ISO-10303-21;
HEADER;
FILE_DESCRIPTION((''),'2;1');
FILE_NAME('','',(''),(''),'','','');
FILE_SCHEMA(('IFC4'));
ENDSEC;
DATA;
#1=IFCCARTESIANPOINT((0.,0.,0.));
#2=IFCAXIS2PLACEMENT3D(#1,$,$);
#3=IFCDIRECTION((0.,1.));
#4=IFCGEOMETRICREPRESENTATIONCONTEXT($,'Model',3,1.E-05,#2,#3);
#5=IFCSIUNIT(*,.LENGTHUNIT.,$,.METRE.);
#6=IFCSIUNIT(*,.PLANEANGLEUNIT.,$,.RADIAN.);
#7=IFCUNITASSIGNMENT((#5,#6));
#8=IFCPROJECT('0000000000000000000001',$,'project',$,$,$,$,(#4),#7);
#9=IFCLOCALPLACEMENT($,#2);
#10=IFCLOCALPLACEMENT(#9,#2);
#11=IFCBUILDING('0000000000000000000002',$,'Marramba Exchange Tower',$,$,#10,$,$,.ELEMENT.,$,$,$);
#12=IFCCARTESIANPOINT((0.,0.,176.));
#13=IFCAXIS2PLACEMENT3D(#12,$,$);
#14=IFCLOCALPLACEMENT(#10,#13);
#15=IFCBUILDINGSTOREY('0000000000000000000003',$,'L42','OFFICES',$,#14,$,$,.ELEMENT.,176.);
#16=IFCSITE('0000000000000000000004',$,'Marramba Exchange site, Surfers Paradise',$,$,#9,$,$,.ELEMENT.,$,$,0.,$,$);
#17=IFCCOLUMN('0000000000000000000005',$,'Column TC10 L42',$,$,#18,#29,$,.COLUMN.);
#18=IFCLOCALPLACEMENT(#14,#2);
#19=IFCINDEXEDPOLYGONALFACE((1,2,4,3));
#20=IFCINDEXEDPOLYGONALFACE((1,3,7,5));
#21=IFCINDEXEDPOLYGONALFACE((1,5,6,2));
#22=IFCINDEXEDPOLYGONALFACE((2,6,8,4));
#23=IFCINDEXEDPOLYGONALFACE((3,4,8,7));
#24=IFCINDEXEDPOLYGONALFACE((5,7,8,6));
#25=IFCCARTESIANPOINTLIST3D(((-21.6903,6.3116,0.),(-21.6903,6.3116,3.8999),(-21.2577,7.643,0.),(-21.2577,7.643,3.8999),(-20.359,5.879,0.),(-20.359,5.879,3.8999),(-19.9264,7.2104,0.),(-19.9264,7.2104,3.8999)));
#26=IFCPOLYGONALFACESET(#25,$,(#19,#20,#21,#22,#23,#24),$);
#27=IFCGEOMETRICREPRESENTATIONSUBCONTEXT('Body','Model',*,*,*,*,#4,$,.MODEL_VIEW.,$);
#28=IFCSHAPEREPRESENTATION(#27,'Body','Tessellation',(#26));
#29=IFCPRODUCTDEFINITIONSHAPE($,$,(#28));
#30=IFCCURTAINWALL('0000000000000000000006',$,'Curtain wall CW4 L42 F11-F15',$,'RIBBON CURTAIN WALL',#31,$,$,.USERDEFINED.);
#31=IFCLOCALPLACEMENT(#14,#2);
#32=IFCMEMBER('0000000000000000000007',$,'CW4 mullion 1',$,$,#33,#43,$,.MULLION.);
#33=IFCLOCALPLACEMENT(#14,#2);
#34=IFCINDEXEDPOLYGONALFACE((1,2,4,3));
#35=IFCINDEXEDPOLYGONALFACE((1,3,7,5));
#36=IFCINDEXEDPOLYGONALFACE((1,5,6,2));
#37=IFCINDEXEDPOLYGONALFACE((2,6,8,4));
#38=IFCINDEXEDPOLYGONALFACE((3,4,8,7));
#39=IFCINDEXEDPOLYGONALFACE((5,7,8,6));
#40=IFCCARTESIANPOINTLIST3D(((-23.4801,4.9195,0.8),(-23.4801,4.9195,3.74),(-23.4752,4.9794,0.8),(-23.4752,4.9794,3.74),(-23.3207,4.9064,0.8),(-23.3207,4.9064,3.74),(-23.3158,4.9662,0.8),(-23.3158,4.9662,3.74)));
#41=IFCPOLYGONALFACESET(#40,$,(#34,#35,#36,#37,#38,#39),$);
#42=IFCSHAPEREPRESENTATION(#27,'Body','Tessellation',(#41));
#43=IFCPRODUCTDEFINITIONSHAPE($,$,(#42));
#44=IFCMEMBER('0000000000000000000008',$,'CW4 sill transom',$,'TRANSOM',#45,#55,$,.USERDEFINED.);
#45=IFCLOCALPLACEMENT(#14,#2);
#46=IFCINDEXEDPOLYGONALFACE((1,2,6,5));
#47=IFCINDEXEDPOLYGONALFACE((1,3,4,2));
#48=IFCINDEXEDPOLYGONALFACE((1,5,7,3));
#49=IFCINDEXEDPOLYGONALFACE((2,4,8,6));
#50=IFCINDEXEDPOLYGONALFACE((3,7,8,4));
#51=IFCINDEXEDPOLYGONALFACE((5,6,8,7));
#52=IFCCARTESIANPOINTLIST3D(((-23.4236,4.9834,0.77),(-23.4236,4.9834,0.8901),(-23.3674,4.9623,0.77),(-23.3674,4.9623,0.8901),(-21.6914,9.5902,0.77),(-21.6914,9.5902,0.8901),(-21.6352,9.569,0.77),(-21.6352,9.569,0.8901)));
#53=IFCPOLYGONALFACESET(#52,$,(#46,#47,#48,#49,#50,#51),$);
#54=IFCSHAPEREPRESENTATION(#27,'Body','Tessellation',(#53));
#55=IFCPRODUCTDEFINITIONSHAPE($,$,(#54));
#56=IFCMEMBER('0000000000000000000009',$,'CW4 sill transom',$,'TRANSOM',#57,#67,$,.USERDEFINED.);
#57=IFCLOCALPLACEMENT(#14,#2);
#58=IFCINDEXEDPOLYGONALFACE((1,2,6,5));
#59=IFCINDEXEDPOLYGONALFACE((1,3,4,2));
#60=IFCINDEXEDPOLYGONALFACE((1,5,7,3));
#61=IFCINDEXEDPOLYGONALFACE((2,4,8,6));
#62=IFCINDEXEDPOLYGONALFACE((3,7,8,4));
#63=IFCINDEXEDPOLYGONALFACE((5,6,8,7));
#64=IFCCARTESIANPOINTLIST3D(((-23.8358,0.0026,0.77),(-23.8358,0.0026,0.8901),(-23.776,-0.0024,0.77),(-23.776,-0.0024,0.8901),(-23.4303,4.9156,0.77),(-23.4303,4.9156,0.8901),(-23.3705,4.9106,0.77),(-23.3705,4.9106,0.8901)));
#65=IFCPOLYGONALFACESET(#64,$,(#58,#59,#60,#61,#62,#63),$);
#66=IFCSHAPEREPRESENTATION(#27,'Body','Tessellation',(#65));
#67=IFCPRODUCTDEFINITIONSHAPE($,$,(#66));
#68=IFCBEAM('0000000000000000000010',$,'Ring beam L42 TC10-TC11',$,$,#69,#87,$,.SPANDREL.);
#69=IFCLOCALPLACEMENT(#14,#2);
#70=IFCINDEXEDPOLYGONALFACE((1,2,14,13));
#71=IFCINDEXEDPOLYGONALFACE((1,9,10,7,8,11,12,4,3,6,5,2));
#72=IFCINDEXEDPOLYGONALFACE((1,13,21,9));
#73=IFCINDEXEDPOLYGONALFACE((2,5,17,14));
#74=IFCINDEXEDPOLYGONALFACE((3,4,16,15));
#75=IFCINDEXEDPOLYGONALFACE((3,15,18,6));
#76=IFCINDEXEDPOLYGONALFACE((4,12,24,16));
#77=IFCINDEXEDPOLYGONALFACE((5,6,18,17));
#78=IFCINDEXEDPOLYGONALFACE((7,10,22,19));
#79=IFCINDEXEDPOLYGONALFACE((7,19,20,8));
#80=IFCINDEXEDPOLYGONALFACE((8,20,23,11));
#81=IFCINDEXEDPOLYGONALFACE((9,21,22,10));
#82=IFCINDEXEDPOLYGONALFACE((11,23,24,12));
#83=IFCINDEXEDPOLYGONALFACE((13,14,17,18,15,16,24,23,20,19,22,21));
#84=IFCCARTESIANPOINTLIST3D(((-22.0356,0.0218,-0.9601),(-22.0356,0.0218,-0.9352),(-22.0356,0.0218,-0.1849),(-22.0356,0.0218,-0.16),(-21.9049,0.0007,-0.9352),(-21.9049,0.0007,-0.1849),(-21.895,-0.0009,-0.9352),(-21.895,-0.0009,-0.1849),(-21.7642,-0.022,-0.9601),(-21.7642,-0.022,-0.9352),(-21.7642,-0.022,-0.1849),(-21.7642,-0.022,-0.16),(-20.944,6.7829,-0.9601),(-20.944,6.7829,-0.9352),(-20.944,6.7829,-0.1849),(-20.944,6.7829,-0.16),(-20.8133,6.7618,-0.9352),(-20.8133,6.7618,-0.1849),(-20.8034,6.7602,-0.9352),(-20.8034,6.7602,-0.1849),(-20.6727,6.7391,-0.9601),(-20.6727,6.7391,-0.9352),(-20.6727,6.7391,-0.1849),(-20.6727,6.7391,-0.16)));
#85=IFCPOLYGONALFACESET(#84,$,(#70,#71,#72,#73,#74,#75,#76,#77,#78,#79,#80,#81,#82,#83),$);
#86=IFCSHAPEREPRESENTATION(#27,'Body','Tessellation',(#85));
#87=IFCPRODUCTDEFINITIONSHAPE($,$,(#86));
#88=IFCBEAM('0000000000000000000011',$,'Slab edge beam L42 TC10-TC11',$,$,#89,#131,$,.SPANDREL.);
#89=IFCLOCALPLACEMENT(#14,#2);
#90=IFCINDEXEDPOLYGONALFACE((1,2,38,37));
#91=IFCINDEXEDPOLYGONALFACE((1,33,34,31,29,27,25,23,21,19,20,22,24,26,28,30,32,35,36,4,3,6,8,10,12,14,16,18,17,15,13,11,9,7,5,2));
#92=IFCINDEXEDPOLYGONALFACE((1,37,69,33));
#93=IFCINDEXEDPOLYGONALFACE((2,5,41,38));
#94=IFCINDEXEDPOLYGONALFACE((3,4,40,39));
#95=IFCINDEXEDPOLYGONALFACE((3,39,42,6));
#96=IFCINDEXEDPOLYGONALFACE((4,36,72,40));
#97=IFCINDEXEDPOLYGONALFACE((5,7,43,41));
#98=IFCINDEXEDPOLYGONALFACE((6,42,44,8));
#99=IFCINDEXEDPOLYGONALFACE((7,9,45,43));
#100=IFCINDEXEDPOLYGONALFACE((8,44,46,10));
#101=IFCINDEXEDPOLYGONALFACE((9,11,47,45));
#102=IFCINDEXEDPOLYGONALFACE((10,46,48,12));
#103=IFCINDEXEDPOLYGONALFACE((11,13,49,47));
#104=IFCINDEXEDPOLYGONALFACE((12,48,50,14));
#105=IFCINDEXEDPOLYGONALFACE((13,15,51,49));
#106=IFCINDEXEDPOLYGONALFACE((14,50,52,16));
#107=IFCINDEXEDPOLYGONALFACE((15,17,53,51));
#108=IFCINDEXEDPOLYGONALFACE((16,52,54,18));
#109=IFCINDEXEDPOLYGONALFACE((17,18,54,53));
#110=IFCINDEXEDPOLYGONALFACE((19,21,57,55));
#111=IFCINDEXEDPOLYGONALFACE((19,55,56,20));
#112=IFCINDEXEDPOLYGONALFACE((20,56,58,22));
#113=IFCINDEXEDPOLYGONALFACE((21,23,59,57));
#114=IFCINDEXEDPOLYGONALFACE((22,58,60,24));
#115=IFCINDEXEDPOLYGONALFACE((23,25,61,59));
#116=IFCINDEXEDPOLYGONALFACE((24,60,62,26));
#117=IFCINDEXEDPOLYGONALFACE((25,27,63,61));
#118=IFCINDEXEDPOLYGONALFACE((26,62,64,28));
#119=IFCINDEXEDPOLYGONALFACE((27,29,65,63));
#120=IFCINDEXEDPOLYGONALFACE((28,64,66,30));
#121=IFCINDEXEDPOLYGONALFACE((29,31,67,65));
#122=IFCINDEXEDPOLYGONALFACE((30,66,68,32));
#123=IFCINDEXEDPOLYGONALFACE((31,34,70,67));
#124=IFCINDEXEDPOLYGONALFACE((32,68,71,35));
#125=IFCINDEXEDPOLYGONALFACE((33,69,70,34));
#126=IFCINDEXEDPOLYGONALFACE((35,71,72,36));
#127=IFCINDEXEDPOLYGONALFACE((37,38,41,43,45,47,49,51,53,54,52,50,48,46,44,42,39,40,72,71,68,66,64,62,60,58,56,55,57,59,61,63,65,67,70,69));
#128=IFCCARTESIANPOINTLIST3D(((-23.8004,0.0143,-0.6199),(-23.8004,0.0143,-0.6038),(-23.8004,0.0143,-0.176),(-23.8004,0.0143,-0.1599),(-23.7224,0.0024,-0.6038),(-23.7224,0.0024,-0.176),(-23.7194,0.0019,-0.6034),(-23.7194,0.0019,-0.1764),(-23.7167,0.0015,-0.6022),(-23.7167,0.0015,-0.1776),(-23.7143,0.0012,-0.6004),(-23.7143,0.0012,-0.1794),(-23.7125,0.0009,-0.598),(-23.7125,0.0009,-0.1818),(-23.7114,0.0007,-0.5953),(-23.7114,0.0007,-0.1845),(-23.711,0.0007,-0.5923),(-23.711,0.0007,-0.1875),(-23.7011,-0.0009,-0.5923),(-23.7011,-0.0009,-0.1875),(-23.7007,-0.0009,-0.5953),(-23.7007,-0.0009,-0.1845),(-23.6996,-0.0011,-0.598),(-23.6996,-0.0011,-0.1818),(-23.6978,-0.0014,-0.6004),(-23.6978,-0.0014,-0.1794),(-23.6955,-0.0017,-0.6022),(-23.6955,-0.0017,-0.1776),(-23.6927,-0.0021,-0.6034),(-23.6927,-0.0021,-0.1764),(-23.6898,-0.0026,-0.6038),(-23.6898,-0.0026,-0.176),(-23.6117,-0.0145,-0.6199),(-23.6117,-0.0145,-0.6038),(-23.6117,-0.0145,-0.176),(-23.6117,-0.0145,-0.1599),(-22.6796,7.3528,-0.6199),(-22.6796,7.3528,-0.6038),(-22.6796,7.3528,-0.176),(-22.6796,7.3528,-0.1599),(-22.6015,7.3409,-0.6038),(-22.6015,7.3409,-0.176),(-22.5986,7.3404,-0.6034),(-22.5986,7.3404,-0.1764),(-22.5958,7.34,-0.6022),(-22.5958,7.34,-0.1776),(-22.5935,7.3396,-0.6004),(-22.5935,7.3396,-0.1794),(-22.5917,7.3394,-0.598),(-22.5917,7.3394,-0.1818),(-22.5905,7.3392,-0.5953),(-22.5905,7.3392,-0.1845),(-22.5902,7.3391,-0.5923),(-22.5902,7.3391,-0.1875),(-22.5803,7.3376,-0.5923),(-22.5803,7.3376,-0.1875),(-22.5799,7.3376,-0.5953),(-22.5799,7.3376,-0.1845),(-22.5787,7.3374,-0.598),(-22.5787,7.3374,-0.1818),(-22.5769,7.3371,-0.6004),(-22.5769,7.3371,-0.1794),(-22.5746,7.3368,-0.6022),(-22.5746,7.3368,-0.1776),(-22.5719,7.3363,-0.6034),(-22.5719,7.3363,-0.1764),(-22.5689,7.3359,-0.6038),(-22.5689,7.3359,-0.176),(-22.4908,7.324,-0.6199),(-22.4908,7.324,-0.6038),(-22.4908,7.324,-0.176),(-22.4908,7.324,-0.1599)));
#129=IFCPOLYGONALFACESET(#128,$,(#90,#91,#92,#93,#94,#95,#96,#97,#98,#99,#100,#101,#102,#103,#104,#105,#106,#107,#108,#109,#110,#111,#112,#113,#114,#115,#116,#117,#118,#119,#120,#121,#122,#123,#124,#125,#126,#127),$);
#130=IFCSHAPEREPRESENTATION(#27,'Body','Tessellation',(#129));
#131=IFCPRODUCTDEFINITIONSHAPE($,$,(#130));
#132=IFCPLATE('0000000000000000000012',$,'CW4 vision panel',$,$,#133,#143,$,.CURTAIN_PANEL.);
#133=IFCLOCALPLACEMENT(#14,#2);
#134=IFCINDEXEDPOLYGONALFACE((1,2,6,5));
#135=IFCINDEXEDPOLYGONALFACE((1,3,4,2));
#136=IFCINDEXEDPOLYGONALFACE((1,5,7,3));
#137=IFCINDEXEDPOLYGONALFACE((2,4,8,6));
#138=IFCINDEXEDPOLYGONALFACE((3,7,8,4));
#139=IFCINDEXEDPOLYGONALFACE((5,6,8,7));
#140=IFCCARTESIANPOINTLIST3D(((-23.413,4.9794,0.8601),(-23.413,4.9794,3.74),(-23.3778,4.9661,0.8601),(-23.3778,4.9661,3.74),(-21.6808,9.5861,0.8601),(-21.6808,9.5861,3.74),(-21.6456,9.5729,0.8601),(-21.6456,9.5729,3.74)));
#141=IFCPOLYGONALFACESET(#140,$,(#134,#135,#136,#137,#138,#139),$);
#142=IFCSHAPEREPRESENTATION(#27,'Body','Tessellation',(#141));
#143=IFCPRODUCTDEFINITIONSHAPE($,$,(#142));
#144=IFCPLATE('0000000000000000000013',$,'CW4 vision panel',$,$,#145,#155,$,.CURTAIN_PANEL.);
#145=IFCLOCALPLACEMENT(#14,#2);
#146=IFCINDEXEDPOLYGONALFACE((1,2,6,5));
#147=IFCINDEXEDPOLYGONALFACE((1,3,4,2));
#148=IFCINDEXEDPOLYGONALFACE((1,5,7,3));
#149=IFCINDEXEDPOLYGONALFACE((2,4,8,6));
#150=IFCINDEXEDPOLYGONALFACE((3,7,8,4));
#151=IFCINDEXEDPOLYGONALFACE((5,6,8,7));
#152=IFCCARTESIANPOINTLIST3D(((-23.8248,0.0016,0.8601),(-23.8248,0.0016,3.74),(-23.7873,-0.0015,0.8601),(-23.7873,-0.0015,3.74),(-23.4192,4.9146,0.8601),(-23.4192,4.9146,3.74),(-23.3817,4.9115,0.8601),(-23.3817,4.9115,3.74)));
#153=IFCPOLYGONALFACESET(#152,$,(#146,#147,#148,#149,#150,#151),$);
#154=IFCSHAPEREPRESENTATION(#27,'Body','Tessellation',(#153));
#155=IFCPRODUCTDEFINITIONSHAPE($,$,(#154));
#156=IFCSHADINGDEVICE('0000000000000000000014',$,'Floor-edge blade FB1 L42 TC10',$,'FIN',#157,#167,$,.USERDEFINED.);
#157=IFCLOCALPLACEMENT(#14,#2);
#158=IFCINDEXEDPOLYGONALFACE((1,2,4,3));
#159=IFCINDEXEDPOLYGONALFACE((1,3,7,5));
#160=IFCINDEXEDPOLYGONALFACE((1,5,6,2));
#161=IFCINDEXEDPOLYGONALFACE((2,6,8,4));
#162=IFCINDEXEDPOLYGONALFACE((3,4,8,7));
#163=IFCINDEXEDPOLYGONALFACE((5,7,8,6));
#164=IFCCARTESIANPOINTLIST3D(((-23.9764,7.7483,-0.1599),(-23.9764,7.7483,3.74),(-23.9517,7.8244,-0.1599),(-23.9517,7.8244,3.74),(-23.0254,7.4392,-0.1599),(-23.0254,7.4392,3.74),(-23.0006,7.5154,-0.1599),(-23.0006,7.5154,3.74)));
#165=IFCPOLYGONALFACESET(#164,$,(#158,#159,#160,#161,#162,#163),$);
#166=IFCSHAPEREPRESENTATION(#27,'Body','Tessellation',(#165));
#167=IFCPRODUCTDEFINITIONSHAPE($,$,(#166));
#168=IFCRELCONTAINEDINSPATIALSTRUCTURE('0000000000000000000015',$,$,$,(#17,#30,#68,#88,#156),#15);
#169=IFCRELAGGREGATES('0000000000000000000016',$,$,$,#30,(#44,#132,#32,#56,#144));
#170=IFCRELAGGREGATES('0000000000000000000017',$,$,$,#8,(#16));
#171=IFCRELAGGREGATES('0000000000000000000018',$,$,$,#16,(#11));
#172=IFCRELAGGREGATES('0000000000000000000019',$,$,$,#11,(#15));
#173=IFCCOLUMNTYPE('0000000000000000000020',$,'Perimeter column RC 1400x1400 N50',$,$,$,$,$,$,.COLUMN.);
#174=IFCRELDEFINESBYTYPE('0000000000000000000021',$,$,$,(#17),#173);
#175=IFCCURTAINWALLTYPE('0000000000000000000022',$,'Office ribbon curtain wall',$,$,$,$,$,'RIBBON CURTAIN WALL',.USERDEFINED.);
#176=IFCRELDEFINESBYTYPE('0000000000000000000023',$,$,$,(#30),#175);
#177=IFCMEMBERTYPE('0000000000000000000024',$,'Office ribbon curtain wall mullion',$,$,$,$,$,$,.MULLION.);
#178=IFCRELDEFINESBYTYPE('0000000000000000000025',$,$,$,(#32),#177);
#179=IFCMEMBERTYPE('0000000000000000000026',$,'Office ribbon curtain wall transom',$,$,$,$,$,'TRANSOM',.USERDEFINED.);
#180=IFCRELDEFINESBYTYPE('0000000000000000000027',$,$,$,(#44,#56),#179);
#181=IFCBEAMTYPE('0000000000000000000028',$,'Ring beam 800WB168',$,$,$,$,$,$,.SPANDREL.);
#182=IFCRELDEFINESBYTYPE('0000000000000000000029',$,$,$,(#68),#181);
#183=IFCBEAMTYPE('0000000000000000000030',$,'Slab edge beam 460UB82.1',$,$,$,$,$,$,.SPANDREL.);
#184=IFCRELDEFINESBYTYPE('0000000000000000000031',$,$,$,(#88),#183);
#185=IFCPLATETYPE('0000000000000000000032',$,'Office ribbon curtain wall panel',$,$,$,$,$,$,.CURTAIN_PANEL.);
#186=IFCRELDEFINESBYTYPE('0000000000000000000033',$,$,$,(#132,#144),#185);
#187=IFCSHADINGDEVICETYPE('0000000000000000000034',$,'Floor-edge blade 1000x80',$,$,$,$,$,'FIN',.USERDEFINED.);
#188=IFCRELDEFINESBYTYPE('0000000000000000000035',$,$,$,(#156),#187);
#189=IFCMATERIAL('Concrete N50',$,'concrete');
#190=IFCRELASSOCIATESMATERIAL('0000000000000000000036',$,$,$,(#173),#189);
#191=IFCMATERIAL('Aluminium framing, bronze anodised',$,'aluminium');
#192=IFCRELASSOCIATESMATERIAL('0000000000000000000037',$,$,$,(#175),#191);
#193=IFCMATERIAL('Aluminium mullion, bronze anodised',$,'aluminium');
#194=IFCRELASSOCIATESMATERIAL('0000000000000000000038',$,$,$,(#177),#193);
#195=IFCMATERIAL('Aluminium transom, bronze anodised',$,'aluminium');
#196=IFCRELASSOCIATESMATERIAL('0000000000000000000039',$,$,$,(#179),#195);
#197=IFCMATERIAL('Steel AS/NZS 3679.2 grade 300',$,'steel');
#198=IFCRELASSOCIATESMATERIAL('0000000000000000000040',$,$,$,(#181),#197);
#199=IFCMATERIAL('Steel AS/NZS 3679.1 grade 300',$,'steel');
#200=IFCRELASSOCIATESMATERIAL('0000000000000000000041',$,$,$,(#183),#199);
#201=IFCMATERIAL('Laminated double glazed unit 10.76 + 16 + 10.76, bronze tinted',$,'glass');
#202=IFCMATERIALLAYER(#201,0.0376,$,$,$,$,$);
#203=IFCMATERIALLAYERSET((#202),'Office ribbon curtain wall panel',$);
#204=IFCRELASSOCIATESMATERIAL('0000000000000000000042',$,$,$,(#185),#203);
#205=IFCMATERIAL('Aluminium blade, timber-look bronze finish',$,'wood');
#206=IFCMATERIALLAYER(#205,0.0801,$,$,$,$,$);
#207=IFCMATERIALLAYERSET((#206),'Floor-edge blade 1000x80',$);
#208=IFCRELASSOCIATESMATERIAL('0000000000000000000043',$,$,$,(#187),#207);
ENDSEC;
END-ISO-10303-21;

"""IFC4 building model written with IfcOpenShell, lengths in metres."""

from ifc_helpers import new_model, si_unit, direction, frame, origin, origin_2d, place, context, subcontext, project, spatial, rectangle, i_section, extrude, material, layer, layer_set, material_profile, profile_set, type_object, element, aggregate, save


model = new_model("IFC4")

# Units and contexts
model_context = context("Model", 3, precision=1e-05, world=origin(), true_north=direction((0.0, 1.0)))
body_context = subcontext(model_context, "Body", "Model", "MODEL_VIEW")
ifc_project = project(units=[si_unit("LENGTHUNIT", "METRE"), si_unit("PLANEANGLEUNIT", "RADIAN")], contexts=[model_context])

# Site, building, storey
site_placement = place(None, origin())
site = spatial("IfcSite", under=ifc_project, at=site_placement, Name="Marramba Exchange site, Surfers Paradise", CompositionType="ELEMENT", RefElevation=0.0)
building_placement = place(site_placement, origin())
building = spatial("IfcBuilding", under=site, at=building_placement, Name="Marramba Exchange Tower", CompositionType="ELEMENT")
storey_placement = place(building_placement, frame((0.0, 0.0, 176.0)))
storey = spatial("IfcBuildingStorey", under=building, at=storey_placement, Name="L42", Description="OFFICES", CompositionType="ELEMENT", Elevation=176.0)

# Column
ifc_material_1 = material(Name="Concrete N50", Category="concrete")
ifc_material_profile_1 = material_profile(ifc_material_1, rectangle(XDim=1.3999, YDim=1.3999, at=origin_2d()), Name="RC 1400x1400")
ifc_profile_set_1 = profile_set([ifc_material_profile_1], Name="Concrete N50")
column_type = type_object("IfcColumnType", Name="Perimeter column RC 1400x1400 N50", PredefinedType="COLUMN", material=ifc_profile_set_1)
column_placement = place(storey_placement, frame((-20.8083, 6.761, 0.0), z_axis=(0.0, 0.0, 1.0), x_axis=(-0.951057, 0.309017, 0.0)))
element("IfcColumn", 1, at=column_placement, inside=storey, type_object=column_type, Name="Column TC10 L42", PredefinedType="COLUMN", context=body_context, shape_type="SweptSolid", body=[
    extrude(rectangle(XDim=1.3999, YDim=1.3999, at=origin_2d()), origin(), (0.0, 0.0, 1.0), 3.8999),
])

# Curtain wall, members
ifc_material_2 = material(Name="Aluminium framing, bronze anodised", Category="aluminium")
curtain_wall_type = type_object("IfcCurtainWallType", Name="Office ribbon curtain wall", ElementType="RIBBON CURTAIN WALL", PredefinedType="USERDEFINED", material=ifc_material_2)
curtain_wall_placement = place(storey_placement, origin())
curtain_wall = element("IfcCurtainWall", 2, at=curtain_wall_placement, inside=storey, type_object=curtain_wall_type, Name="Curtain wall CW4 L42 F11-F15", ObjectType="RIBBON CURTAIN WALL", PredefinedType="USERDEFINED")
ifc_material_3 = material(Name="Aluminium mullion, bronze anodised", Category="aluminium")
ifc_material_profile_2 = material_profile(ifc_material_3, rectangle(XDim=0.1599, YDim=0.0601, at=origin_2d()), Name="CW4 mullion 60x160")
ifc_profile_set_2 = profile_set([ifc_material_profile_2], Name="Aluminium mullion, bronze anodised")
member_type_1 = type_object("IfcMemberType", Name="Office ribbon curtain wall mullion", PredefinedType="MULLION", material=ifc_profile_set_2)
member_1_placement = place(storey_placement, frame((-23.3979, 4.9429, 0.8), z_axis=(0.0, 0.0, 1.0), x_axis=(0.996609, -0.082281, 0.0)))
member_1 = element("IfcMember", 3, at=member_1_placement, type_object=member_type_1, Name="CW4 mullion 1", PredefinedType="MULLION", context=body_context, shape_type="SweptSolid", body=[
    extrude(rectangle(XDim=0.1599, YDim=0.0601, at=origin_2d()), origin(), (0.0, 0.0, 1.0), 2.9399),
])
ifc_material_4 = material(Name="Aluminium transom, bronze anodised", Category="aluminium")
ifc_material_profile_3 = material_profile(ifc_material_4, rectangle(XDim=0.0601, YDim=0.1201, at=origin_2d()), Name="CW4 transom 60x120")
ifc_profile_set_3 = profile_set([ifc_material_profile_3], Name="Aluminium transom, bronze anodised")
member_type_2 = type_object("IfcMemberType", Name="Office ribbon curtain wall transom", ElementType="TRANSOM", PredefinedType="USERDEFINED", material=ifc_profile_set_3)
member_2_placement = place(storey_placement, frame((-21.6633, 9.5796, 0.8301), z_axis=(-0.351955, -0.936017, 0.0), x_axis=(0.936017, -0.351955, 0.0)))
member_2 = element("IfcMember", 4, at=member_2_placement, type_object=member_type_2, Name="CW4 sill transom", ObjectType="TRANSOM", PredefinedType="USERDEFINED", context=body_context, shape_type="SweptSolid", body=[
    extrude(rectangle(XDim=0.0601, YDim=0.1201, at=origin_2d()), origin(), (0.0, 0.0, 1.0), 4.9216),
])
member_3_placement = place(storey_placement, frame((-23.4004, 4.9131, 0.8301), z_axis=(-0.082259, -0.996611, 0.0), x_axis=(0.996611, -0.082259, 0.0)))
member_3 = element("IfcMember", 5, at=member_3_placement, type_object=member_type_2, Name="CW4 sill transom", ObjectType="TRANSOM", PredefinedType="USERDEFINED", context=body_context, shape_type="SweptSolid", body=[
    extrude(rectangle(XDim=0.0601, YDim=0.1201, at=origin_2d()), origin(), (0.0, 0.0, 1.0), 4.9297),
])

# Beams
ifc_material_5 = material(Name="Steel AS/NZS 3679.2 grade 300", Category="steel")
ifc_material_profile_4 = material_profile(ifc_material_5, i_section(OverallWidth=0.2749, OverallDepth=0.8, WebThickness=0.01, FlangeThickness=0.0249, at=origin_2d()), Name="800WB168")
ifc_profile_set_4 = profile_set([ifc_material_profile_4], Name="Steel AS/NZS 3679.2 grade 300")
beam_type_1 = type_object("IfcBeamType", Name="Ring beam 800WB168", PredefinedType="SPANDREL", material=ifc_profile_set_4)
beam_1_placement = place(storey_placement, frame((-20.8083, 6.761, -0.5601), z_axis=(-0.159385, -0.987217, 0.0), x_axis=(0.987217, -0.159385, 0.0)))
element("IfcBeam", 6, at=beam_1_placement, inside=storey, type_object=beam_type_1, Name="Ring beam L42 TC10-TC11", PredefinedType="SPANDREL", context=body_context, shape_type="SweptSolid", body=[
    extrude(i_section(OverallWidth=0.2749, OverallDepth=0.8, WebThickness=0.01, FlangeThickness=0.0249, at=origin_2d()), origin(), (0.0, 0.0, 1.0), 6.8486),
])
ifc_material_6 = material(Name="Steel AS/NZS 3679.1 grade 300", Category="steel")
ifc_material_profile_5 = material_profile(ifc_material_6, i_section(OverallWidth=0.1909, OverallDepth=0.46, WebThickness=0.01, FlangeThickness=0.0161, FilletRadius=0.0115, at=origin_2d()), Name="460UB82.1")
ifc_profile_set_5 = profile_set([ifc_material_profile_5], Name="Steel AS/NZS 3679.1 grade 300")
beam_type_2 = type_object("IfcBeamType", Name="Slab edge beam 460UB82.1", PredefinedType="SPANDREL", material=ifc_profile_set_5)
beam_2_placement = place(storey_placement, frame((-22.5852, 7.3384, -0.3899), z_axis=(-0.150987, -0.988536, 0.0), x_axis=(0.988536, -0.150987, 0.0)))
element("IfcBeam", 7, at=beam_2_placement, inside=storey, type_object=beam_type_2, Name="Slab edge beam L42 TC10-TC11", PredefinedType="SPANDREL", context=body_context, shape_type="SweptSolid", body=[
    extrude(i_section(OverallWidth=0.1909, OverallDepth=0.46, WebThickness=0.01, FlangeThickness=0.0161, FilletRadius=0.0115, at=origin_2d()), origin(), (0.0, 0.0, 1.0), 7.4236),
])

# Plates
ifc_material_7 = material(Name="Laminated double glazed unit 10.76 + 16 + 10.76, bronze tinted", Category="glass")
ifc_layer_1 = layer(ifc_material_7, 0.0376)
ifc_layer_set_1 = layer_set([ifc_layer_1], Name="Office ribbon curtain wall panel")
plate_type = type_object("IfcPlateType", Name="Office ribbon curtain wall panel", PredefinedType="CURTAIN_PANEL", material=ifc_layer_set_1)
plate_1_placement = place(storey_placement, frame((-22.5293, 7.2761, 0.8601), z_axis=(0.0, 0.0, 1.0), x_axis=(-0.351952, -0.936018, 0.0)))
plate_1 = element("IfcPlate", 8, at=plate_1_placement, type_object=plate_type, Name="CW4 vision panel", PredefinedType="CURTAIN_PANEL", context=body_context, shape_type="SweptSolid", body=[
    extrude(rectangle(XDim=4.9216, YDim=0.0376, at=origin_2d()), origin(), (0.0, 0.0, 1.0), 2.8799),
])
plate_2_placement = place(storey_placement, frame((-23.6033, 2.4565, 0.8601), z_axis=(0.0, 0.0, 1.0), x_axis=(-0.082281, -0.996609, 0.0)))
plate_2 = element("IfcPlate", 9, at=plate_2_placement, type_object=plate_type, Name="CW4 vision panel", PredefinedType="CURTAIN_PANEL", context=body_context, shape_type="SweptSolid", body=[
    extrude(rectangle(XDim=4.9297, YDim=0.0376, at=origin_2d()), origin(), (0.0, 0.0, 1.0), 2.8799),
])
aggregate(curtain_wall, [member_2, plate_1, member_1, member_3, plate_2])

# Shading device
ifc_material_8 = material(Name="Aluminium blade, timber-look bronze finish", Category="wood")
ifc_layer_2 = layer(ifc_material_8, 0.0801)
ifc_layer_set_2 = layer_set([ifc_layer_2], Name="Floor-edge blade 1000x80")
shading_device_type_1 = type_object("IfcShadingDeviceType", Name="Floor-edge blade 1000x80", ElementType="FIN", PredefinedType="USERDEFINED", material=ifc_layer_set_2)
shading_device_1_placement = place(storey_placement, frame((-23.4885, 7.6318, -0.1599), z_axis=(0.0, 0.0, 1.0), x_axis=(-0.951057, 0.309017, 0.0)))
element("IfcShadingDevice", 10, at=shading_device_1_placement, inside=storey, type_object=shading_device_type_1, Name="Floor-edge blade FB1 L42 TC10", ObjectType="FIN", PredefinedType="USERDEFINED", context=body_context, shape_type="SweptSolid", body=[
    extrude(rectangle(XDim=1.0, YDim=0.0801, at=origin_2d()), origin(), (0.0, 0.0, 1.0), 3.8999),
])

save(model, "model.ifc")
